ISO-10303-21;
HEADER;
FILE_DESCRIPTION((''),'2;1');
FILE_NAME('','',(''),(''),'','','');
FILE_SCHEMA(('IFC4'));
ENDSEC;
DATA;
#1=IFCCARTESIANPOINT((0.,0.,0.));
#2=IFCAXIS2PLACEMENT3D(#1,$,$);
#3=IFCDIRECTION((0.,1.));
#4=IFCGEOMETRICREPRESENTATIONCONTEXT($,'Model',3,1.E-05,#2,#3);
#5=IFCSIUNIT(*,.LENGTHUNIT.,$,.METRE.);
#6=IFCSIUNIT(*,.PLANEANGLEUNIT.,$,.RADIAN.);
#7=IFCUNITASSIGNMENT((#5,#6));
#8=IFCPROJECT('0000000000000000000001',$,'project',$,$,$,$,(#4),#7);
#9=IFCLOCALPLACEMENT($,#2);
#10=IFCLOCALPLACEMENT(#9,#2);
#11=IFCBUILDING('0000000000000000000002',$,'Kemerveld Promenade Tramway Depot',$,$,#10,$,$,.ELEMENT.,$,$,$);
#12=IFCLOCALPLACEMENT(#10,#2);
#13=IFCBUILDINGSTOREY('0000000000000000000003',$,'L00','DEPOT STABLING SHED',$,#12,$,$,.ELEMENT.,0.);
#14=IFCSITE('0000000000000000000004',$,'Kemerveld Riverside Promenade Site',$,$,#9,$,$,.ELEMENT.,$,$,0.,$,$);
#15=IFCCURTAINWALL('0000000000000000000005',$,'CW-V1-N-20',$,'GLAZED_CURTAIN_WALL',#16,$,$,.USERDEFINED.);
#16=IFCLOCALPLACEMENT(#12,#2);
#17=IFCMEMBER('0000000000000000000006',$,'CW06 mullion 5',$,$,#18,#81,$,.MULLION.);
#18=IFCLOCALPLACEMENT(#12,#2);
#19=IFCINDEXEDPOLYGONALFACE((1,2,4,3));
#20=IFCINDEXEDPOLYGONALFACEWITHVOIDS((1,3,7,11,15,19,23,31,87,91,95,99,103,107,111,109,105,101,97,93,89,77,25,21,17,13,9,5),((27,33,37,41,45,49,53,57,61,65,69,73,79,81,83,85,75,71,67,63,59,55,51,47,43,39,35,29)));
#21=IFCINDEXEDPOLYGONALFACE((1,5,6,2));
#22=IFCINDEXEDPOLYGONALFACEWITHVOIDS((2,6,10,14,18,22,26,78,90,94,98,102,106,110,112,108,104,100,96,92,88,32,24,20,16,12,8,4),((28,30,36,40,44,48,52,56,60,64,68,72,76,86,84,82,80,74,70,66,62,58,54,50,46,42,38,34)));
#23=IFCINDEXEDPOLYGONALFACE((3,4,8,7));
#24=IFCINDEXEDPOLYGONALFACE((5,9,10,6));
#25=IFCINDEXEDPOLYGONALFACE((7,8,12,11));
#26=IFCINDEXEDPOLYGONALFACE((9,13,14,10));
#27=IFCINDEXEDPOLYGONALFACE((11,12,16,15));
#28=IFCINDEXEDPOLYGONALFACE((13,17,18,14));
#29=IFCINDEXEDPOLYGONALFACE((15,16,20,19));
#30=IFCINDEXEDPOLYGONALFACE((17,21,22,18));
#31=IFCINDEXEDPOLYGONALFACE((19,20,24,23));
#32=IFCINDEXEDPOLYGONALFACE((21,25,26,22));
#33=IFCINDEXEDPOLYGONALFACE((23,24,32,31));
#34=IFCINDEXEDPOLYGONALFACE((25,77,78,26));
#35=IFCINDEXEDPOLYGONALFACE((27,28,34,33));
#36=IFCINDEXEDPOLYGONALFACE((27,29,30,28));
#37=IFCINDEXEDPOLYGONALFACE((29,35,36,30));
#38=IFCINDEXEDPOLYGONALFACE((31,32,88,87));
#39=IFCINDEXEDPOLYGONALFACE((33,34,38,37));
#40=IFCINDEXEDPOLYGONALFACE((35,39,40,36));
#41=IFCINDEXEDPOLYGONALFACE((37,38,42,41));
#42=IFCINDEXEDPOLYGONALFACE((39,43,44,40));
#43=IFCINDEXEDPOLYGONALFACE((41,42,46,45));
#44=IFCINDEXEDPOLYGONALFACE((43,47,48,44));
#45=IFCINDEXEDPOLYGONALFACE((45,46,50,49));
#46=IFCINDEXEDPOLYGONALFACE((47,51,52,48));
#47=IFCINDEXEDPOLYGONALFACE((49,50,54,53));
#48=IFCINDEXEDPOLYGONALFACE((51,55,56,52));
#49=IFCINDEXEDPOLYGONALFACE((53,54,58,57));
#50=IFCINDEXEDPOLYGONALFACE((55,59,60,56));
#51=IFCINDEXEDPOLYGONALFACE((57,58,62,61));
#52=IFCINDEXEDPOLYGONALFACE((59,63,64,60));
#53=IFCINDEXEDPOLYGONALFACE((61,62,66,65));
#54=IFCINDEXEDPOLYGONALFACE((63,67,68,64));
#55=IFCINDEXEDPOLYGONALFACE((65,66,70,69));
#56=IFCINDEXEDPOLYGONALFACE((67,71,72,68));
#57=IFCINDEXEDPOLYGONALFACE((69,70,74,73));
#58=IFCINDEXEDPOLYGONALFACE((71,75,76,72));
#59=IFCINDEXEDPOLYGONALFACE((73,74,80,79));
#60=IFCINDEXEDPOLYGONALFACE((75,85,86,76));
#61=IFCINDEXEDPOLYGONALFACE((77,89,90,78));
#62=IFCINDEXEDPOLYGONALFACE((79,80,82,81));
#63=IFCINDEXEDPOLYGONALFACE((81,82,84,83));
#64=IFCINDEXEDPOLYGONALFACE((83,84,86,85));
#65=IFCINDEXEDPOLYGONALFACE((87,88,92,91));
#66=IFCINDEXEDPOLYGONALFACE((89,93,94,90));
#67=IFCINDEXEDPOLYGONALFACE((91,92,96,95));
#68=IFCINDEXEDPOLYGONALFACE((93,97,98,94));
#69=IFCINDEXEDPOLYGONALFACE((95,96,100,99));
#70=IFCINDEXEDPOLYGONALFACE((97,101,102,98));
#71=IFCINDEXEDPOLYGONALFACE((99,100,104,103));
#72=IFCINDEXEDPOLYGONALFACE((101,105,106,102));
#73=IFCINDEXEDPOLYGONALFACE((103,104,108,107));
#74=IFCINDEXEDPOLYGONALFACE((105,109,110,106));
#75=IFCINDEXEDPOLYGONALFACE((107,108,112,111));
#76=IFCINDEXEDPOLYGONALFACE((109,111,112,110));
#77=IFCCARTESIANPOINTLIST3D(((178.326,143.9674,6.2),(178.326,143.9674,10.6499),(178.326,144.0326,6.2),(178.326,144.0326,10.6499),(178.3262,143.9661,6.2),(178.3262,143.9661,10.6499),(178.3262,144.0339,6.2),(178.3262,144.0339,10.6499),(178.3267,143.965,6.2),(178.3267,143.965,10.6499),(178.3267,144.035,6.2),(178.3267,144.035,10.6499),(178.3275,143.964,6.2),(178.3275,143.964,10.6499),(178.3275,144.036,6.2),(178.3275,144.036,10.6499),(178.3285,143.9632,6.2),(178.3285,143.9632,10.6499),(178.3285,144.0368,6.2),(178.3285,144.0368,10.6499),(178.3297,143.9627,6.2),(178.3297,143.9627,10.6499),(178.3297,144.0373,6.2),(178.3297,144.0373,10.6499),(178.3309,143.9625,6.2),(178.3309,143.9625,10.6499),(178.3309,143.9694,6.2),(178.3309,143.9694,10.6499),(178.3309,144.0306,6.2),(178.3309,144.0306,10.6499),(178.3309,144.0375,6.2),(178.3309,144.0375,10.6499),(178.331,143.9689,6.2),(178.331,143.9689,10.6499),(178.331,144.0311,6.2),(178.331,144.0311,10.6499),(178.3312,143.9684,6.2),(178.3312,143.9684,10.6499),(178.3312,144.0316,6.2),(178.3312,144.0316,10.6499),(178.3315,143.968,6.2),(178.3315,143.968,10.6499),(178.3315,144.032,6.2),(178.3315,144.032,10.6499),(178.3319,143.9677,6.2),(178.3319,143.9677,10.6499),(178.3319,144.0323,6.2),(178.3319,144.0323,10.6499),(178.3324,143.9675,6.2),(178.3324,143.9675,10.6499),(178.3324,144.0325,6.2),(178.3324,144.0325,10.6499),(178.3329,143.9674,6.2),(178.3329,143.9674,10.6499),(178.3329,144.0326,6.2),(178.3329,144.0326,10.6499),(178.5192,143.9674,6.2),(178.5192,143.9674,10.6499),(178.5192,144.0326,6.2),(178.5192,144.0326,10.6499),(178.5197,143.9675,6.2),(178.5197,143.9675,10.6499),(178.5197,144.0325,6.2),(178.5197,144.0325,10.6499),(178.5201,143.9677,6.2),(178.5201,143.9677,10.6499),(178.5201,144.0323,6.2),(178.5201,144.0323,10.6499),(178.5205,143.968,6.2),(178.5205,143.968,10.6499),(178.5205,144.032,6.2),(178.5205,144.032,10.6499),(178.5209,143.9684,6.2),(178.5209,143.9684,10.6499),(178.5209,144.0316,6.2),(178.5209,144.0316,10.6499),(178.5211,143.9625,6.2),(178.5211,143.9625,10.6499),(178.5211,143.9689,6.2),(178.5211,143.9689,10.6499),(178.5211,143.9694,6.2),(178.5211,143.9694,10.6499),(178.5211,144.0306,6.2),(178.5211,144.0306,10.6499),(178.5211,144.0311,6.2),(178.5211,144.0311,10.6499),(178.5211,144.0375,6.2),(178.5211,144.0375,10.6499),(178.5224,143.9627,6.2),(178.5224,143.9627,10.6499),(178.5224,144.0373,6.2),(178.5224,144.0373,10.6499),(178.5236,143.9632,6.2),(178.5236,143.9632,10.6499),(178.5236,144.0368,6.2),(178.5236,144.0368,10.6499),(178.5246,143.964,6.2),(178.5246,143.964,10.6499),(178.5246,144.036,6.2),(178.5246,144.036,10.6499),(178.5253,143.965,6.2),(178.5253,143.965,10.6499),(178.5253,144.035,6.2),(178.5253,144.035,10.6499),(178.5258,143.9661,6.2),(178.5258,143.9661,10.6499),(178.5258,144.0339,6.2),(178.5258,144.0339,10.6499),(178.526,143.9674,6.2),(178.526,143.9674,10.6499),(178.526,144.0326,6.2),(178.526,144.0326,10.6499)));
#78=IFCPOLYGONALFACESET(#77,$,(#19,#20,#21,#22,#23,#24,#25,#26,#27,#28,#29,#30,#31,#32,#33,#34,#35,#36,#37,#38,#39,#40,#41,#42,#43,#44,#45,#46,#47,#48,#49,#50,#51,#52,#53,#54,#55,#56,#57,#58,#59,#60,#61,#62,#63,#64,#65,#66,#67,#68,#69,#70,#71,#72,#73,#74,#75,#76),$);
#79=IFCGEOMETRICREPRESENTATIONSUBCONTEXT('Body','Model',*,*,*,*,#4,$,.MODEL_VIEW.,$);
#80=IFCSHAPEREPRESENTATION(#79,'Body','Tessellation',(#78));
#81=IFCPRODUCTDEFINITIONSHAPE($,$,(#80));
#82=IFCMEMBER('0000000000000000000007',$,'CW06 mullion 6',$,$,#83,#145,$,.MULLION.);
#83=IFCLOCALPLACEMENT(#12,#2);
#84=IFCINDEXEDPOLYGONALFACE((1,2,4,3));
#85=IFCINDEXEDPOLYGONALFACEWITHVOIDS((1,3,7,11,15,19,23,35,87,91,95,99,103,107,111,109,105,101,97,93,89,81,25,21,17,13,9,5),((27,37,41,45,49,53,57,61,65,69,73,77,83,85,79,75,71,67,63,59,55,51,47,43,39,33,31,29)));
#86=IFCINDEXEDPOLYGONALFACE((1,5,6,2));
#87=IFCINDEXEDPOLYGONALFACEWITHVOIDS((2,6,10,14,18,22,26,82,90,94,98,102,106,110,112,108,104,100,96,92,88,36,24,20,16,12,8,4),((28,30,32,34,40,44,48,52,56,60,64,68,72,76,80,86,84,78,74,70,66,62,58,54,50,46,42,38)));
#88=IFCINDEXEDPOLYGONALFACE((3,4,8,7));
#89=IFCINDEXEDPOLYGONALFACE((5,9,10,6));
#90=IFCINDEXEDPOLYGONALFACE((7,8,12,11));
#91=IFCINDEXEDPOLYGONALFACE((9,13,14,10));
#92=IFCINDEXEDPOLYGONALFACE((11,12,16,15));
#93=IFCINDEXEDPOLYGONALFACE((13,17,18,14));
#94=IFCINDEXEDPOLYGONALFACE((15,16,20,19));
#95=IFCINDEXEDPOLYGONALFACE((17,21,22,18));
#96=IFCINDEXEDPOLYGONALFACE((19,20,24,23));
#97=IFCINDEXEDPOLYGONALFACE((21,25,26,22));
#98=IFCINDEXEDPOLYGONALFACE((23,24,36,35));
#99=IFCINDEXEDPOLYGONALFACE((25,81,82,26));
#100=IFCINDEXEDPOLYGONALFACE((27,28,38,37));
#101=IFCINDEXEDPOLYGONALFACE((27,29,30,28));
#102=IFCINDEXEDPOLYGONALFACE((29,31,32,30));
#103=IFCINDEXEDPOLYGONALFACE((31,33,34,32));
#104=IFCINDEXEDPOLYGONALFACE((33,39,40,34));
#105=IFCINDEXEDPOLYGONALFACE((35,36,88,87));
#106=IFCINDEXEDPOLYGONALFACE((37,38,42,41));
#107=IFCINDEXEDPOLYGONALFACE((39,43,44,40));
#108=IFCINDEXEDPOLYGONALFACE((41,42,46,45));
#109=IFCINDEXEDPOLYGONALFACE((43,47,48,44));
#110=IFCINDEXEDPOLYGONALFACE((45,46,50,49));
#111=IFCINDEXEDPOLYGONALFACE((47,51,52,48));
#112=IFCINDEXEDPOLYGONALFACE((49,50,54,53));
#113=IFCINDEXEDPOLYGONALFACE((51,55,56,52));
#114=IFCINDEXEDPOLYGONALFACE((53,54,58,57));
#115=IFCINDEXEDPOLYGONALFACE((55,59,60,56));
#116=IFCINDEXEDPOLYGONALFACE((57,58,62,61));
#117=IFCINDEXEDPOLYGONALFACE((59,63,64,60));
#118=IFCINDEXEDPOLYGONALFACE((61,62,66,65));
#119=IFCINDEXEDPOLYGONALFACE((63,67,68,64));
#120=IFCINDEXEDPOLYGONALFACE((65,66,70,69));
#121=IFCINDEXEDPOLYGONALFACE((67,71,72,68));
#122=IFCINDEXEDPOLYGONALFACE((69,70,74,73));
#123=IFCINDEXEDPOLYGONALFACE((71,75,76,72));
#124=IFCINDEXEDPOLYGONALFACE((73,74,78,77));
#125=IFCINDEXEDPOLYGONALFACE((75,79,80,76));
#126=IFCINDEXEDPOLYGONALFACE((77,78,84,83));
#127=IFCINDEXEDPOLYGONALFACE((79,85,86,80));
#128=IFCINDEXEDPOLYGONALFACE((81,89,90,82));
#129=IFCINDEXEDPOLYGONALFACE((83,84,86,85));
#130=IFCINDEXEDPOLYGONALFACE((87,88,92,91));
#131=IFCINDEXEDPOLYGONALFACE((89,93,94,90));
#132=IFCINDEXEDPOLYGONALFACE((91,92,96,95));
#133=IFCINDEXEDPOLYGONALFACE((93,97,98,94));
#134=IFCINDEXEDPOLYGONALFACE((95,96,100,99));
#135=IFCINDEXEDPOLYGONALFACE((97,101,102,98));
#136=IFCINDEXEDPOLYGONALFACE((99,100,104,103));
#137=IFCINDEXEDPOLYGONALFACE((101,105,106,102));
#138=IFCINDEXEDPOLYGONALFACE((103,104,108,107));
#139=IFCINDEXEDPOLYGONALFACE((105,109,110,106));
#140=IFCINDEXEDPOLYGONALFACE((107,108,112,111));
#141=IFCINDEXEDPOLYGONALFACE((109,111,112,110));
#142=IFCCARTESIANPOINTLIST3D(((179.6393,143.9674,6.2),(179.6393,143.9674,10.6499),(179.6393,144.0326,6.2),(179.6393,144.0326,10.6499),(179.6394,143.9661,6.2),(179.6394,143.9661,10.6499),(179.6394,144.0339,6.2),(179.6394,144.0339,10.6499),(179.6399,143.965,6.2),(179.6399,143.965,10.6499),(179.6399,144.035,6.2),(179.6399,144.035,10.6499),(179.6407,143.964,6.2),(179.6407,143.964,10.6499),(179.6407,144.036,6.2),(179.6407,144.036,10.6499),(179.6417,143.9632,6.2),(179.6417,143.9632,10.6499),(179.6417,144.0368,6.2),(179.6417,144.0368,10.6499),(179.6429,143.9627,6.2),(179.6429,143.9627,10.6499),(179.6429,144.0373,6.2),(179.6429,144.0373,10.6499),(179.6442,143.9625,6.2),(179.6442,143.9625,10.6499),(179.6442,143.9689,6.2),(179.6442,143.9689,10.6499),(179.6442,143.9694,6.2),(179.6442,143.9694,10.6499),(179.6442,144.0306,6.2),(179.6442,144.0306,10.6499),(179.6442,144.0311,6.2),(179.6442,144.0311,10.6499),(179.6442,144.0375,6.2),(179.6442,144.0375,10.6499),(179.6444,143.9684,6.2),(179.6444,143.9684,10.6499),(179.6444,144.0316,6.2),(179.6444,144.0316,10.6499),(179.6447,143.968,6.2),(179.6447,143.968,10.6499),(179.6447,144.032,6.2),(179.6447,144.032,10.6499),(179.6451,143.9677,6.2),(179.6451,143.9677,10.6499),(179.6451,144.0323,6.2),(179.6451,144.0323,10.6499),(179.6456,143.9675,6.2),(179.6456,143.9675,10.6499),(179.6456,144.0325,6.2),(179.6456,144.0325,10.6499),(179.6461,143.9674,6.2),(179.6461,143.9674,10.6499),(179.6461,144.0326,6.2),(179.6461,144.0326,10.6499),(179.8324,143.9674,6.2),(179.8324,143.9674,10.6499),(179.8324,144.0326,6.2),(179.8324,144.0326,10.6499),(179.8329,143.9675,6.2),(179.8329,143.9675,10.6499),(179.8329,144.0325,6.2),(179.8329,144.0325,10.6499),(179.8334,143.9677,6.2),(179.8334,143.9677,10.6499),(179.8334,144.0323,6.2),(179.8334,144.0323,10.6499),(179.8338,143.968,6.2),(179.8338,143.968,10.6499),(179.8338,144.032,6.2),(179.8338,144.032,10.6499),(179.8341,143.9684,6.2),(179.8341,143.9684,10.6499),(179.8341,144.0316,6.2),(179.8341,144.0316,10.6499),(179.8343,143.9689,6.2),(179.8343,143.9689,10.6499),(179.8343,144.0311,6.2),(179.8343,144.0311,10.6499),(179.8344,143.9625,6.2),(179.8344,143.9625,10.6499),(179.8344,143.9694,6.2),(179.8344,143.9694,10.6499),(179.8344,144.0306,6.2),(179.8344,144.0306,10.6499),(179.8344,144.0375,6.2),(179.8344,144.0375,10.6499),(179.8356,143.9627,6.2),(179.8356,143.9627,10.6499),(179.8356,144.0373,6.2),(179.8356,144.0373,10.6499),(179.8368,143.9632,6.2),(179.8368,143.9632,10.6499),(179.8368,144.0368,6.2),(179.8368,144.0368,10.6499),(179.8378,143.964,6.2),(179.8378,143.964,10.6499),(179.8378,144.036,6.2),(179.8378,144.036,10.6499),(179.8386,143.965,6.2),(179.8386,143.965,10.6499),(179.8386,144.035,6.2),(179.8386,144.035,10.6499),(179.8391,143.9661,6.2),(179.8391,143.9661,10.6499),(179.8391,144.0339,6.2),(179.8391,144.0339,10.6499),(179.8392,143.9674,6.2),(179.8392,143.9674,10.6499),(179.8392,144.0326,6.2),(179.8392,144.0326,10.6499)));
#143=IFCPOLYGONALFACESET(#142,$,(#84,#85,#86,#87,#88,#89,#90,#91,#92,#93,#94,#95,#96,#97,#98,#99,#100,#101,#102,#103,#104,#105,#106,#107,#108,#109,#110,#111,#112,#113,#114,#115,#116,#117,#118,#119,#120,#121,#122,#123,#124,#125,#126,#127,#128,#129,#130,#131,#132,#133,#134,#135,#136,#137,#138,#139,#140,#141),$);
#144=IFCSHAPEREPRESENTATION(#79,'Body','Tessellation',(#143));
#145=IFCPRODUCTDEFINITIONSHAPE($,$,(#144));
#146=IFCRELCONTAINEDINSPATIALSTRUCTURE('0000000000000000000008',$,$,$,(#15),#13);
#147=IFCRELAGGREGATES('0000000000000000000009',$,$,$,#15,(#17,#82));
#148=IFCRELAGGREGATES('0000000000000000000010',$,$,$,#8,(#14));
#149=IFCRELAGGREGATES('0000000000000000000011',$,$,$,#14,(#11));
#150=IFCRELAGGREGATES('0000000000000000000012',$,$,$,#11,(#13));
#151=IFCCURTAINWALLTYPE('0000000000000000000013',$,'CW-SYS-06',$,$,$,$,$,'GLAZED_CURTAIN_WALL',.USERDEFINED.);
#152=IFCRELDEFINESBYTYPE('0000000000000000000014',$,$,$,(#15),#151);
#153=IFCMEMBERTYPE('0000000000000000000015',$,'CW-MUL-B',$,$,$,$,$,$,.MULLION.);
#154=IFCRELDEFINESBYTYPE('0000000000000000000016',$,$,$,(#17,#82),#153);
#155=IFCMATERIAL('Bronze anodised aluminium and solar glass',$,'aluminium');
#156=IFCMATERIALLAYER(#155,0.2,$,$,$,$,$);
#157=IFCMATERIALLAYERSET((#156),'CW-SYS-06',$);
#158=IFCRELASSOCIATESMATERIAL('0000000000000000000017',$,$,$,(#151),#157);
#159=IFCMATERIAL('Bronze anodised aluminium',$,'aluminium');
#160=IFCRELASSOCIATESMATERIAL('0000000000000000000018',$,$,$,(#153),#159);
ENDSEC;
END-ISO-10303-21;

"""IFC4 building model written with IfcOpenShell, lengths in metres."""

from ifc_helpers import new_model, si_unit, direction, frame, origin, origin_2d, place, context, subcontext, project, spatial, hollow_rectangle, extrude, material, layer, layer_set, material_profile, profile_set, type_object, element, aggregate, save


model = new_model("IFC4")

# Units and contexts
model_context = context("Model", 3, precision=1e-05, world=origin(), true_north=direction((0.0, 1.0)))
body_context = subcontext(model_context, "Body", "Model", "MODEL_VIEW")
ifc_project = project(units=[si_unit("LENGTHUNIT", "METRE"), si_unit("PLANEANGLEUNIT", "RADIAN")], contexts=[model_context])

# Site, building, storey
site_placement = place(None, origin())
site = spatial("IfcSite", under=ifc_project, at=site_placement, Name="Kemerveld Riverside Promenade Site", CompositionType="ELEMENT", RefElevation=0.0)
building_placement = place(site_placement, origin())
building = spatial("IfcBuilding", under=site, at=building_placement, Name="Kemerveld Promenade Tramway Depot", CompositionType="ELEMENT")
storey_placement = place(building_placement, origin())
storey = spatial("IfcBuildingStorey", under=building, at=storey_placement, Name="L00", Description="DEPOT STABLING SHED", CompositionType="ELEMENT", Elevation=0.0)

# Curtain wall, members
ifc_material_1 = material(Name="Bronze anodised aluminium and solar glass", Category="aluminium")
ifc_material_2 = material(Name="Bronze anodised aluminium", Category="aluminium")
ifc_layer_1 = layer(ifc_material_1, 0.2)
ifc_layer_set_1 = layer_set([ifc_layer_1], Name="CW-SYS-06")
curtain_wall_type_1 = type_object("IfcCurtainWallType", Name="CW-SYS-06", ElementType="GLAZED_CURTAIN_WALL", PredefinedType="USERDEFINED", material=ifc_layer_set_1)
curtain_wall_1_placement = place(storey_placement, origin())
curtain_wall_1 = element("IfcCurtainWall", 1, at=curtain_wall_1_placement, inside=storey, type_object=curtain_wall_type_1, Name="CW-V1-N-20", ObjectType="GLAZED_CURTAIN_WALL", PredefinedType="USERDEFINED")
ifc_material_profile_1 = material_profile(ifc_material_2, hollow_rectangle(XDim=0.075, YDim=0.2, WallThickness=0.0049, InnerFilletRadius=0.002, OuterFilletRadius=0.0049, at=origin_2d()), Name="CW-MUL-200x75")
ifc_profile_set_1 = profile_set([ifc_material_profile_1], Name="Bronze anodised aluminium")
member_type_1 = type_object("IfcMemberType", Name="CW-MUL-B", PredefinedType="MULLION", material=ifc_profile_set_1)
member_1_placement = place(storey_placement, frame((178.426, 144.0, 6.2), z_axis=(0.0, 0.0, 1.0), x_axis=(0.0, 1.0, 0.0)))
member_1 = element("IfcMember", 2, at=member_1_placement, type_object=member_type_1, Name="CW06 mullion 5", PredefinedType="MULLION", context=body_context, shape_type="SweptSolid", body=[
    extrude(hollow_rectangle(XDim=0.075, YDim=0.2, WallThickness=0.0049, InnerFilletRadius=0.002, OuterFilletRadius=0.0049, at=origin_2d()), origin(), (0.0, 0.0, 1.0), 4.45),
])
member_2_placement = place(storey_placement, frame((179.7393, 144.0, 6.2), z_axis=(0.0, 0.0, 1.0), x_axis=(0.0, 1.0, 0.0)))
member_2 = element("IfcMember", 3, at=member_2_placement, type_object=member_type_1, Name="CW06 mullion 6", PredefinedType="MULLION", context=body_context, shape_type="SweptSolid", body=[
    extrude(hollow_rectangle(XDim=0.075, YDim=0.2, WallThickness=0.0049, InnerFilletRadius=0.002, OuterFilletRadius=0.0049, at=origin_2d()), origin(), (0.0, 0.0, 1.0), 4.45),
])

aggregate(curtain_wall_1, [member_1, member_2])

save(model, "model.ifc")
